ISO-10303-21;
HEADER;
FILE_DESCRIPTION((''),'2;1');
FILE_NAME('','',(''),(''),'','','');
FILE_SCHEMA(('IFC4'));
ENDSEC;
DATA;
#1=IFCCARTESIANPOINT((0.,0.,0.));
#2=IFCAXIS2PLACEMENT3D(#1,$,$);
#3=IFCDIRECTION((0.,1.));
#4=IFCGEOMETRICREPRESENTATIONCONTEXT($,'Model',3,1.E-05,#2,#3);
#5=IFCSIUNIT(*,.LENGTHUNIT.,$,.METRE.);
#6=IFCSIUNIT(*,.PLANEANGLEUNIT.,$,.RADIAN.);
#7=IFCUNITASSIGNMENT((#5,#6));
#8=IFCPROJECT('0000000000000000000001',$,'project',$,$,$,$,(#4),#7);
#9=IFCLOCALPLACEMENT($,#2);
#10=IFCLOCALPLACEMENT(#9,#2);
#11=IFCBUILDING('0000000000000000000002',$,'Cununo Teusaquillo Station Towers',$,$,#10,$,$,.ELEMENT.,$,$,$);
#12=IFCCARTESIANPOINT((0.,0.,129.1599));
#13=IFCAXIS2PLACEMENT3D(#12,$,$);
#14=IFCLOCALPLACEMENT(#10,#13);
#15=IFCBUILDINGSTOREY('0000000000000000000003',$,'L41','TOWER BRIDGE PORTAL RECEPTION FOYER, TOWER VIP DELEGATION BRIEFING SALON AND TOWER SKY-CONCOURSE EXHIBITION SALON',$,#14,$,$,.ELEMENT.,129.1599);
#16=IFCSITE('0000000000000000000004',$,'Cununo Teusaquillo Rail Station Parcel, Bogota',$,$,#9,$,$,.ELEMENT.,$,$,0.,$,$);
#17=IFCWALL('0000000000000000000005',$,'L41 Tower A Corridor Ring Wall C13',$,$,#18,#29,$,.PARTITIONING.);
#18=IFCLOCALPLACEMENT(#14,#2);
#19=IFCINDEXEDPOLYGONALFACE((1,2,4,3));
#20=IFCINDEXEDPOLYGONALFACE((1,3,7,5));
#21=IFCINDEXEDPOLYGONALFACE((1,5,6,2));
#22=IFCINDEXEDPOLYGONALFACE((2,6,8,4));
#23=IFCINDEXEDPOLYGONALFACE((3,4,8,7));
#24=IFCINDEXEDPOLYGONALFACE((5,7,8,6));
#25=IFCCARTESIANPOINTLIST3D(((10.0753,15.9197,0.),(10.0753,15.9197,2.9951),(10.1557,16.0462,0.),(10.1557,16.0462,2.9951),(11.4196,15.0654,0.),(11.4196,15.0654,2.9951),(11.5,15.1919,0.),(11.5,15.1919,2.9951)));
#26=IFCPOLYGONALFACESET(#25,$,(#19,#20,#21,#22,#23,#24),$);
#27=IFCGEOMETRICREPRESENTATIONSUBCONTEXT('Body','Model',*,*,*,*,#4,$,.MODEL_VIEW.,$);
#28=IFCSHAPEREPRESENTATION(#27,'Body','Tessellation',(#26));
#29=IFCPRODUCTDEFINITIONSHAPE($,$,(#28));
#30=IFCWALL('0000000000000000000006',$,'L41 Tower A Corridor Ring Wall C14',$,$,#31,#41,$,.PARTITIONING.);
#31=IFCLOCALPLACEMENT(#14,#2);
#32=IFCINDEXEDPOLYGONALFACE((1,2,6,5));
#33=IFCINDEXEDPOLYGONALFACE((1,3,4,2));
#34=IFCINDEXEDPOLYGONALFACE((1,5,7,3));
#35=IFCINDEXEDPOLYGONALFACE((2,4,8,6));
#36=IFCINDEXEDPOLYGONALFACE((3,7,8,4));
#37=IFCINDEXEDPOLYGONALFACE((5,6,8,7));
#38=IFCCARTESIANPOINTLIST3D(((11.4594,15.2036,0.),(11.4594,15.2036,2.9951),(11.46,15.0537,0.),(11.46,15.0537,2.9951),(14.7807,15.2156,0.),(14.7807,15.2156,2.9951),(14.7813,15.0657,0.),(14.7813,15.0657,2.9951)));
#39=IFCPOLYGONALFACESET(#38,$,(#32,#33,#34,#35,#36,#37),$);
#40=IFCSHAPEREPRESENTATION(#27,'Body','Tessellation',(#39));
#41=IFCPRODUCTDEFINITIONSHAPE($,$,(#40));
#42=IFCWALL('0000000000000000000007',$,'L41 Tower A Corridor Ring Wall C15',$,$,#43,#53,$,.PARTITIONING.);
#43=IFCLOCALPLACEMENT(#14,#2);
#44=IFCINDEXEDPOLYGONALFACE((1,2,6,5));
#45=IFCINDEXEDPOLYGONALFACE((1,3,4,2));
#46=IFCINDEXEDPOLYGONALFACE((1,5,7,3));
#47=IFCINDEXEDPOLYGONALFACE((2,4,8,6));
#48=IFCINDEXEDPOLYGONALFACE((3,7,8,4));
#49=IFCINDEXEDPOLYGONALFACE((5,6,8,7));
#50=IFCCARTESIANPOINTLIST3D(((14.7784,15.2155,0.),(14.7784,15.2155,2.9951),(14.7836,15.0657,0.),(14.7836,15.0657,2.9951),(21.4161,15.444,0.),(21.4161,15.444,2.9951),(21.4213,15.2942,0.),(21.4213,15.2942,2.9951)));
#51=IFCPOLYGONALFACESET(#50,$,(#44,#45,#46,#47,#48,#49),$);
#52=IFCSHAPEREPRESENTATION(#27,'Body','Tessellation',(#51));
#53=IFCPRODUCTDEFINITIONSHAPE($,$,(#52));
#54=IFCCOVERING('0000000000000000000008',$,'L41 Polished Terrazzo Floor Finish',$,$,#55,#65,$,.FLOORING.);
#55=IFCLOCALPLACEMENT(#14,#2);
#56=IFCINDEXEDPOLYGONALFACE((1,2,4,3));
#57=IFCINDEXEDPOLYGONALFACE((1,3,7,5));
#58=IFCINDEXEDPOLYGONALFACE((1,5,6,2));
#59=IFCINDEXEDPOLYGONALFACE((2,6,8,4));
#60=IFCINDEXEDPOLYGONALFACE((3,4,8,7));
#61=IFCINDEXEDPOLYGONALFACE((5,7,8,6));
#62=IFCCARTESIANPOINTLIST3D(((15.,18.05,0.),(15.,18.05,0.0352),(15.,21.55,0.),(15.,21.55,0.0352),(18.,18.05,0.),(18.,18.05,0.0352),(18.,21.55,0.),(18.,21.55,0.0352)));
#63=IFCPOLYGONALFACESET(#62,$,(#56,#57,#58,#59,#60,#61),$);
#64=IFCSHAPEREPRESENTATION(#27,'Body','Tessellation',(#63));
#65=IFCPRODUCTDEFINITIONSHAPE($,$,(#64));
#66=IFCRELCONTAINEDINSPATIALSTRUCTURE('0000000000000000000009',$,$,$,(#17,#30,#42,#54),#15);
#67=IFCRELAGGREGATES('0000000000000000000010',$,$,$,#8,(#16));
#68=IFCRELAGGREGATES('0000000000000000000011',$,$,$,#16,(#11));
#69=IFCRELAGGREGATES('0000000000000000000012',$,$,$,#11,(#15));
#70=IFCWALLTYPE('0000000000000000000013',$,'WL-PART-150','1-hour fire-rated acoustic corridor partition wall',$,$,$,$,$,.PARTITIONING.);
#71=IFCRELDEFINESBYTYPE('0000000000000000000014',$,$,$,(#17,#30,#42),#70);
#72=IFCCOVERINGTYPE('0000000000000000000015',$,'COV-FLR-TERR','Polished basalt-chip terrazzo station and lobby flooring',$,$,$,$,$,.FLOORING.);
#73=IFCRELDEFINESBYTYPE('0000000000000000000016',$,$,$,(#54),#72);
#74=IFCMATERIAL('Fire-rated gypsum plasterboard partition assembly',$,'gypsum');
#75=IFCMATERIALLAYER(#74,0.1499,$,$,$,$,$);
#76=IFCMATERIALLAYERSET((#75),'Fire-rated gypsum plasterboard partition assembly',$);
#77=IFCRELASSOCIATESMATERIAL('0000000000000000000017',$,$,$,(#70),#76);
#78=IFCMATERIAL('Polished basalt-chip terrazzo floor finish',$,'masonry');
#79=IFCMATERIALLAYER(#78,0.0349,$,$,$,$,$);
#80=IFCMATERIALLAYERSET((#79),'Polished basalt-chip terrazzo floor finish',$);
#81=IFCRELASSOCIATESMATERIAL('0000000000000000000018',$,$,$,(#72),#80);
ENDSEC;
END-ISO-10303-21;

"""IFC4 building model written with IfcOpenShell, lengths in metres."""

from ifc_helpers import new_model, si_unit, direction, frame, frame_2d, origin, place, context, subcontext, project, spatial, polyline, rectangle, outline, extrude, material, layer, layer_set, type_object, element, save


model = new_model("IFC4")

# Units and contexts
model_context = context("Model", 3, precision=1e-05, world=origin(), true_north=direction((0.0, 1.0)))
body_context = subcontext(model_context, "Body", "Model", "MODEL_VIEW")
ifc_project = project(units=[si_unit("LENGTHUNIT", "METRE"), si_unit("PLANEANGLEUNIT", "RADIAN")], contexts=[model_context])

# Site, building, storey
site_placement = place(None, origin())
site = spatial("IfcSite", under=ifc_project, at=site_placement, Name="Cununo Teusaquillo Rail Station Parcel, Bogota", CompositionType="ELEMENT", RefElevation=0.0)
building_placement = place(site_placement, origin())
building = spatial("IfcBuilding", under=site, at=building_placement, Name="Cununo Teusaquillo Station Towers", CompositionType="ELEMENT")
storey_placement = place(building_placement, frame((0.0, 0.0, 129.1599)))
storey = spatial("IfcBuildingStorey", under=building, at=storey_placement, Name="L41", Description="TOWER BRIDGE PORTAL RECEPTION FOYER, TOWER VIP DELEGATION BRIEFING SALON AND TOWER SKY-CONCOURSE EXHIBITION SALON", CompositionType="ELEMENT", Elevation=129.1599)

# Shared definitions
ifc_material_1 = material(Name="Fire-rated gypsum plasterboard partition assembly", Category="gypsum")
ifc_layer_1 = layer(ifc_material_1, 0.1499)
ifc_layer_set_1 = layer_set([ifc_layer_1], Name="Fire-rated gypsum plasterboard partition assembly")
wall_type_1 = type_object("IfcWallType", Name="WL-PART-150", Description="1-hour fire-rated acoustic corridor partition wall", PredefinedType="PARTITIONING", material=ifc_layer_set_1)

# Walls
wall_1_placement = place(storey_placement, frame((10.1155, 15.9829, 0.0), z_axis=(0.0, 0.0, 1.0), x_axis=(0.843996, -0.53635, 0.0)))
element("IfcWall", 1, at=wall_1_placement, inside=storey, type_object=wall_type_1, Name="L41 Tower A Corridor Ring Wall C13", PredefinedType="PARTITIONING", context=body_context, shape_type="SweptSolid", body=[
    extrude(rectangle(XDim=1.5928, YDim=0.1499, at=frame_2d((0.7964, 0.0))), origin(), (0.0, 0.0, 1.0), 2.9951),
])
wall_2_placement = place(storey_placement, frame((11.4597, 15.1287, 0.0), z_axis=(0.0, 0.0, 1.0), x_axis=(0.999994, 0.003602, 0.0)))
element("IfcWall", 2, at=wall_2_placement, inside=storey, type_object=wall_type_1, Name="L41 Tower A Corridor Ring Wall C14", PredefinedType="PARTITIONING", context=body_context, shape_type="SweptSolid", body=[
    extrude(rectangle(XDim=3.3213, YDim=0.1499, at=frame_2d((1.6606, 0.0))), origin(), (0.0, 0.0, 1.0), 2.9951),
])
wall_3_placement = place(storey_placement, frame((14.781, 15.1406, 0.0), z_axis=(0.0, 0.0, 1.0), x_axis=(0.999408, 0.034407, 0.0)))
element("IfcWall", 3, at=wall_3_placement, inside=storey, type_object=wall_type_1, Name="L41 Tower A Corridor Ring Wall C15", PredefinedType="PARTITIONING", context=body_context, shape_type="SweptSolid", body=[
    extrude(rectangle(XDim=6.6416, YDim=0.1499, at=frame_2d((3.3208, 0.0))), origin(), (0.0, 0.0, 1.0), 2.9951),
])

# Covering
ifc_material_2 = material(Name="Polished basalt-chip terrazzo floor finish", Category="masonry")
ifc_layer_2 = layer(ifc_material_2, 0.0349)
ifc_layer_set_2 = layer_set([ifc_layer_2], Name="Polished basalt-chip terrazzo floor finish")
covering_type = type_object("IfcCoveringType", Name="COV-FLR-TERR", Description="Polished basalt-chip terrazzo station and lobby flooring", PredefinedType="FLOORING", material=ifc_layer_set_2)
covering_placement = place(storey_placement, origin())
element("IfcCovering", 4, at=covering_placement, inside=storey, type_object=covering_type, Name="L41 Polished Terrazzo Floor Finish", PredefinedType="FLOORING", context=body_context, shape_type="SweptSolid", body=[
    extrude(outline(polyline([(15.0, 18.05), (18.0, 18.05), (18.0, 21.55), (15.0, 21.55), (15.0, 18.05)])), origin(), (0.0, 0.0, 1.0), 0.0352),
])

save(model, "model.ifc")
